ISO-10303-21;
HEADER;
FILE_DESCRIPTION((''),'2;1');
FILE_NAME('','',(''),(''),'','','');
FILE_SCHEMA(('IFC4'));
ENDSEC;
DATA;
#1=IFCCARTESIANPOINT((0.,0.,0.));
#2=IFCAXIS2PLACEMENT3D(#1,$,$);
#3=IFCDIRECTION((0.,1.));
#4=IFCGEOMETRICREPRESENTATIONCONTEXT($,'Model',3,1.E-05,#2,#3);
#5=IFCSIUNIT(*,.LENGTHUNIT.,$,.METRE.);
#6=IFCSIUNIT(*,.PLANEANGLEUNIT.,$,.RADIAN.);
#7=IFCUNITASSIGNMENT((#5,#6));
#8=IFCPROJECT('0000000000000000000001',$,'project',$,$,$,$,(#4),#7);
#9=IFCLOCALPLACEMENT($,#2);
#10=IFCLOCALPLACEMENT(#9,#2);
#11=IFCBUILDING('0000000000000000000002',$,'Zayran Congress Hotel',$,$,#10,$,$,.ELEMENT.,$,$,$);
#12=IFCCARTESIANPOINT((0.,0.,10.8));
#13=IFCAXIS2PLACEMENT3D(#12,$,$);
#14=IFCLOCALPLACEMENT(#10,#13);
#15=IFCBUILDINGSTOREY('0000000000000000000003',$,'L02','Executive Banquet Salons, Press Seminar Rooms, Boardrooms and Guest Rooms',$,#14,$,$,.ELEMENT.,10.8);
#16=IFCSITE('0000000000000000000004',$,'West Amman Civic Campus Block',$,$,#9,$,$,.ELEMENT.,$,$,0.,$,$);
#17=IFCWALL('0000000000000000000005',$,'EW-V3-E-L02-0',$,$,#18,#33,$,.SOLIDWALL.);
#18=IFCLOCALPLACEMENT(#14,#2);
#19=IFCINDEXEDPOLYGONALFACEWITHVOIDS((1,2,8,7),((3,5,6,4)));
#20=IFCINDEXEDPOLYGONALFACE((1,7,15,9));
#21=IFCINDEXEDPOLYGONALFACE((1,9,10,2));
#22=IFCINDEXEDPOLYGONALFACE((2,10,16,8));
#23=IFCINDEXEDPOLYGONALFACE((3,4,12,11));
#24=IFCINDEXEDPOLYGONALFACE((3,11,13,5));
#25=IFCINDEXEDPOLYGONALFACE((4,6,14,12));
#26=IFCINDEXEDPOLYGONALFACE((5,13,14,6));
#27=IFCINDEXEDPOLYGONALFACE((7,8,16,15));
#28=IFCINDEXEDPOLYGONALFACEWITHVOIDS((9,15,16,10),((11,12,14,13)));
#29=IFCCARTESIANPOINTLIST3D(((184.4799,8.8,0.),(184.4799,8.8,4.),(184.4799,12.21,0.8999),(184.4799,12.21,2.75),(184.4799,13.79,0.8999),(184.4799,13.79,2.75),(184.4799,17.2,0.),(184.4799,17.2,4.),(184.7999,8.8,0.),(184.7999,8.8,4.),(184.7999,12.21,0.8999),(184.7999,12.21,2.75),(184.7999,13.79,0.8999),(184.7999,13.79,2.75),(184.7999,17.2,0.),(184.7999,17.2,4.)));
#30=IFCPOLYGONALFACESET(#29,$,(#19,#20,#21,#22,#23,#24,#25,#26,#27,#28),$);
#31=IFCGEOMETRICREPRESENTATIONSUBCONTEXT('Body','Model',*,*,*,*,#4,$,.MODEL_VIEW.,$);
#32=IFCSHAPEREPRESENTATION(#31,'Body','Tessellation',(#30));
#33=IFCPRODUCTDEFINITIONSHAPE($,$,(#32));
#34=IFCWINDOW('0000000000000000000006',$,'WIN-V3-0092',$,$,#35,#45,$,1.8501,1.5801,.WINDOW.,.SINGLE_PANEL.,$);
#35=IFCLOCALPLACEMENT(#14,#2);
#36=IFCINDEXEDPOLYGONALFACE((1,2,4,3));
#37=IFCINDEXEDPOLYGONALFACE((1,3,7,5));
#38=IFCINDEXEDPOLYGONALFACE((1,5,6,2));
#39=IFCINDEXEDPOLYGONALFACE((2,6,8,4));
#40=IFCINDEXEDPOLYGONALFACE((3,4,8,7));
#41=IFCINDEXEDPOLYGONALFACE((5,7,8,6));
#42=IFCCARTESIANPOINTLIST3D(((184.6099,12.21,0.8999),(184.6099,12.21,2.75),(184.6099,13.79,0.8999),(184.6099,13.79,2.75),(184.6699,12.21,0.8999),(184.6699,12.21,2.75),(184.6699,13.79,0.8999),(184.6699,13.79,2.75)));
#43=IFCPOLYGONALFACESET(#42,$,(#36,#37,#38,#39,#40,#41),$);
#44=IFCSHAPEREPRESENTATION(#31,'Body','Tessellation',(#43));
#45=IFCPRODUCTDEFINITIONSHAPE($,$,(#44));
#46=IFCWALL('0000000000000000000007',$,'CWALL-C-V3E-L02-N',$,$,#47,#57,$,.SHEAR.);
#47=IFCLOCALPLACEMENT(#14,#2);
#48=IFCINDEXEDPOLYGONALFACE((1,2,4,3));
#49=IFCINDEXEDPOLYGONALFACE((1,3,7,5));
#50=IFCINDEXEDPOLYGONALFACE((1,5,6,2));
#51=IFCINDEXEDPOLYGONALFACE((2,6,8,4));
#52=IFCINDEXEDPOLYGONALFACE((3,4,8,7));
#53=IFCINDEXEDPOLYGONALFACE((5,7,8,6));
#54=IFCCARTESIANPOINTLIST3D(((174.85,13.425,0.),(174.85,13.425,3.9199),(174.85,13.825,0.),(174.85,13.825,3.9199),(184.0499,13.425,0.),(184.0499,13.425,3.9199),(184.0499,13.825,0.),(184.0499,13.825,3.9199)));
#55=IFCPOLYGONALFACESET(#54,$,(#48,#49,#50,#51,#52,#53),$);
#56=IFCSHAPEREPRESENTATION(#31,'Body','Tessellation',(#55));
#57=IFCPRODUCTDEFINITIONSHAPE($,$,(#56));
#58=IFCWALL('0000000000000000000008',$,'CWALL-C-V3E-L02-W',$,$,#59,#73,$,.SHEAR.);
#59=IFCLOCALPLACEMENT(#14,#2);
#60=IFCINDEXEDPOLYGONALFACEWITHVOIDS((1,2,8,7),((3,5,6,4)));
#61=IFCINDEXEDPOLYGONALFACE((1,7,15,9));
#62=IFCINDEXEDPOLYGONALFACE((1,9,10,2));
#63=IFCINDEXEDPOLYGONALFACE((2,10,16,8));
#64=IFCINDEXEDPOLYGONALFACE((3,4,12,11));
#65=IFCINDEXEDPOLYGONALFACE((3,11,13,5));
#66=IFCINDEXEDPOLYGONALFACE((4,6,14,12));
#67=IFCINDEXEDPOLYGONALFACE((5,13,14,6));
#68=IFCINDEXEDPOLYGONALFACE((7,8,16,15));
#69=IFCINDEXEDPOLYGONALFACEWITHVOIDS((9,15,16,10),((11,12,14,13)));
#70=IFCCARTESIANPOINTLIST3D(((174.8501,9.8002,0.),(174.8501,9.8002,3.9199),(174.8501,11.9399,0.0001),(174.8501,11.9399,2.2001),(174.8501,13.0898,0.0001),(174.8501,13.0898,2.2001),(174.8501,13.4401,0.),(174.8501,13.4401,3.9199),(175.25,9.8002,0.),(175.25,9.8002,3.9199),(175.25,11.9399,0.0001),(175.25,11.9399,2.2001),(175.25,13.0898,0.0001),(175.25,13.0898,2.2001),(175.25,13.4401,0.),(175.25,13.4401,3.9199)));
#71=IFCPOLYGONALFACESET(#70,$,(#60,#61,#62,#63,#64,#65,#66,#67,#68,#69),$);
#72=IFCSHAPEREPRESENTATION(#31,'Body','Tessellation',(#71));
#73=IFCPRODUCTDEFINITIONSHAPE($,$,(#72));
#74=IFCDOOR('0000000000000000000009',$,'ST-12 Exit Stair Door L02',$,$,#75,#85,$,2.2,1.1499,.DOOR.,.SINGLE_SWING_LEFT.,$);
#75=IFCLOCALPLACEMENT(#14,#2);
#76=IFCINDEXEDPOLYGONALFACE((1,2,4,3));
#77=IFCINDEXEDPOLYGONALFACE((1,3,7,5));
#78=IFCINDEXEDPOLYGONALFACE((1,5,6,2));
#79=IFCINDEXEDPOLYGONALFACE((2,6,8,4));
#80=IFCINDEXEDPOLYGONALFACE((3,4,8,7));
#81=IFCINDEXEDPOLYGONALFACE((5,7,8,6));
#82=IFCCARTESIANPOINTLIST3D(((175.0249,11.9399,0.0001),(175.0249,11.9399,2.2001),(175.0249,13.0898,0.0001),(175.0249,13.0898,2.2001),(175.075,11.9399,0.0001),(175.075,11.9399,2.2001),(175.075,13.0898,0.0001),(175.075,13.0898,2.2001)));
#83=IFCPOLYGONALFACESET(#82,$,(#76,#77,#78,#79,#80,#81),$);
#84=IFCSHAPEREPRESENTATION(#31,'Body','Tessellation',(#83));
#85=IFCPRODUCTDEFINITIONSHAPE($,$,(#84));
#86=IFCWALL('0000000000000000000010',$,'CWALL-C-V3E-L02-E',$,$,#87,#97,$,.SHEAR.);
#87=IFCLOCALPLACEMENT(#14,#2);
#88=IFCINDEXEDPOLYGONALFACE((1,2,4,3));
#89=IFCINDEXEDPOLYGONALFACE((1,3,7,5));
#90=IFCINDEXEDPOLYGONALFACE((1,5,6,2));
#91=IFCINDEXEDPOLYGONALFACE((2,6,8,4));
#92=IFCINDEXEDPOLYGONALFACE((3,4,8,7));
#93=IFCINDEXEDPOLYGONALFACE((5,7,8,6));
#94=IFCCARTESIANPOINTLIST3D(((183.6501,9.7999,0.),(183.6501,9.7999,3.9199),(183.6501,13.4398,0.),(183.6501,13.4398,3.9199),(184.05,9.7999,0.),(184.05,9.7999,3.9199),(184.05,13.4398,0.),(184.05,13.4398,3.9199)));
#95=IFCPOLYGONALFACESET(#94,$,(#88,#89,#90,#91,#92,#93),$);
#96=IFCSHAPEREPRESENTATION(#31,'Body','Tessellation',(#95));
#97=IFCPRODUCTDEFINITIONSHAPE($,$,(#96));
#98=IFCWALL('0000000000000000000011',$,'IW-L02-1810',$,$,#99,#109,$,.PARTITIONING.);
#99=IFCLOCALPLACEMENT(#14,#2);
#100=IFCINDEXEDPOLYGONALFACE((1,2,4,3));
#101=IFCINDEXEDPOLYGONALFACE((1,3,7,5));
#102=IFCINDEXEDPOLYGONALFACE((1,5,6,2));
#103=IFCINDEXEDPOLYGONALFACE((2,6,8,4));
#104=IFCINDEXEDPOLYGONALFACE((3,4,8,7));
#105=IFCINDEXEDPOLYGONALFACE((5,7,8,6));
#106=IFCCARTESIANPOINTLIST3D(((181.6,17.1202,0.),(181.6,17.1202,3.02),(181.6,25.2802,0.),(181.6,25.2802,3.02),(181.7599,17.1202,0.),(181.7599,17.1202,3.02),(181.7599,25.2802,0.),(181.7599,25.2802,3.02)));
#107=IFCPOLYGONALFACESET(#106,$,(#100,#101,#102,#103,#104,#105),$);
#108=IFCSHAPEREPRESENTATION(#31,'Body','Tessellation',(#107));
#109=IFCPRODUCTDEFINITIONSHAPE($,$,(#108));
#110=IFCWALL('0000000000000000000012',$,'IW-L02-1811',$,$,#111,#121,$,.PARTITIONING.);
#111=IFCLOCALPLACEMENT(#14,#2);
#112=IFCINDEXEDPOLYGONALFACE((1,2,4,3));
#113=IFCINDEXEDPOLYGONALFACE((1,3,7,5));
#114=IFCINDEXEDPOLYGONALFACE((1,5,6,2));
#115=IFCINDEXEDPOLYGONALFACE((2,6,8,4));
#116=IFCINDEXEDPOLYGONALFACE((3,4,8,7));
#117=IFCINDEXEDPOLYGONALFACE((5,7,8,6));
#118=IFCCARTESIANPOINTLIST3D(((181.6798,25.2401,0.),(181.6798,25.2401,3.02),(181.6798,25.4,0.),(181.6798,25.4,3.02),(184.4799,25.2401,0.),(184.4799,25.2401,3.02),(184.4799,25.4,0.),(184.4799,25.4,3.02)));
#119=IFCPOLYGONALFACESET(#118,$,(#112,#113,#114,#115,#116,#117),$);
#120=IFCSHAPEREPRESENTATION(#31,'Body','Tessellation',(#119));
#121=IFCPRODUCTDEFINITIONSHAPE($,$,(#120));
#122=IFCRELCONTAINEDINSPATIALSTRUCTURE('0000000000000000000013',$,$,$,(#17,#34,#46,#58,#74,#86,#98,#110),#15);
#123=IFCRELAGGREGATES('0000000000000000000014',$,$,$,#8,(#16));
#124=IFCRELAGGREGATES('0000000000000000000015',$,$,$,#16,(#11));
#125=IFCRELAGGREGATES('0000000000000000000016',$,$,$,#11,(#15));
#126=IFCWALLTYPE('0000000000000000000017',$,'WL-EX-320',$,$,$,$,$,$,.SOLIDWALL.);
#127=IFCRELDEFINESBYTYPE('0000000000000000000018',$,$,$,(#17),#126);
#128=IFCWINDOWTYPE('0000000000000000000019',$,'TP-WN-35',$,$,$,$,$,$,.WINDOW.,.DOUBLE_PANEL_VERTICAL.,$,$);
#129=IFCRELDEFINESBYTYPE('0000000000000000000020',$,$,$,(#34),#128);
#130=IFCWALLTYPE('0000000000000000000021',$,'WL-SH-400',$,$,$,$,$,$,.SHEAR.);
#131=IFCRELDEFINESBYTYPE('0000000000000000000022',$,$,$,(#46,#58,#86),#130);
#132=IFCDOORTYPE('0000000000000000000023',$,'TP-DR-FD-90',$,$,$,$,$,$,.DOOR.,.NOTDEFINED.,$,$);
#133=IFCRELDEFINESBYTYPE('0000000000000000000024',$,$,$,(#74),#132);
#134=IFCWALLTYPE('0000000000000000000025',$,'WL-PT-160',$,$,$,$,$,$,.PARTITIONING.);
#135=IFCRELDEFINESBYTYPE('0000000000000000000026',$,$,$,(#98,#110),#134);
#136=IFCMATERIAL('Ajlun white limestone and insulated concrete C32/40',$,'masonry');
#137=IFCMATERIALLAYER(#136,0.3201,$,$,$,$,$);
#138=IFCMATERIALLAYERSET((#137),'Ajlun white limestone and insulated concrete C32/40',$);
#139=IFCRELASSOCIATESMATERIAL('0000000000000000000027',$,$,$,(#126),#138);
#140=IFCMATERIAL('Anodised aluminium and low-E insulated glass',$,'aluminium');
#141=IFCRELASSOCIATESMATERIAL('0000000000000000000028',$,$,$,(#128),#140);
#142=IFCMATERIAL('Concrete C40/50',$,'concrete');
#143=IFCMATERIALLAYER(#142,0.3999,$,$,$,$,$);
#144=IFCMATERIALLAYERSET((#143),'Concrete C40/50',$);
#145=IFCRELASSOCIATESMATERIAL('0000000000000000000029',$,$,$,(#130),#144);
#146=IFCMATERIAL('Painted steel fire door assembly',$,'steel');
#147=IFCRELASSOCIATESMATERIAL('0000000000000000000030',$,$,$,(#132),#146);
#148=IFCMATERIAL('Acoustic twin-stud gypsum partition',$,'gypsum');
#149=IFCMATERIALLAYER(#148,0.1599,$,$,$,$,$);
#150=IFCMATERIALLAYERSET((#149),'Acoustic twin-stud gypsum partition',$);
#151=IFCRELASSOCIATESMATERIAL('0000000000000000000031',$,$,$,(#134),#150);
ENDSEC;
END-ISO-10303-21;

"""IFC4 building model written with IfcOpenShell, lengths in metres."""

from ifc_helpers import new_model, si_unit, direction, frame, frame_2d, origin, place, context, subcontext, project, spatial, rectangle, extrude, material, layer, layer_set, type_object, element, fill, save


model = new_model("IFC4")

# Units and contexts
model_context = context("Model", 3, precision=1e-05, world=origin(), true_north=direction((0.0, 1.0)))
body_context = subcontext(model_context, "Body", "Model", "MODEL_VIEW")
ifc_project = project(units=[si_unit("LENGTHUNIT", "METRE"), si_unit("PLANEANGLEUNIT", "RADIAN")], contexts=[model_context])

# Site, building, storey
site_placement = place(None, origin())
site = spatial("IfcSite", under=ifc_project, at=site_placement, Name="West Amman Civic Campus Block", CompositionType="ELEMENT", RefElevation=0.0)
building_placement = place(site_placement, origin())
building = spatial("IfcBuilding", under=site, at=building_placement, Name="Zayran Congress Hotel", CompositionType="ELEMENT")
storey_placement = place(building_placement, frame((0.0, 0.0, 10.8)))
storey = spatial("IfcBuildingStorey", under=building, at=storey_placement, Name="L02", Description="Executive Banquet Salons, Press Seminar Rooms, Boardrooms and Guest Rooms", CompositionType="ELEMENT", Elevation=10.8)

# Shared definitions
ifc_material_1 = material(Name="Anodised aluminium and low-E insulated glass", Category="aluminium")

# Wall, opening, window
ifc_material_2 = material(Name="Ajlun white limestone and insulated concrete C32/40", Category="masonry")
ifc_layer_1 = layer(ifc_material_2, 0.3201)
ifc_layer_set_1 = layer_set([ifc_layer_1], Name="Ajlun white limestone and insulated concrete C32/40")
wall_type_1 = type_object("IfcWallType", Name="WL-EX-320", PredefinedType="SOLIDWALL", material=ifc_layer_set_1)
wall_1_placement = place(storey_placement, frame((184.6399, 17.2, 0.0), z_axis=(0.0, 0.0, 1.0), x_axis=(0.0, -1.0, 0.0)))
wall_1 = element("IfcWall", 1, at=wall_1_placement, inside=storey, type_object=wall_type_1, Name="EW-V3-E-L02-0", PredefinedType="SOLIDWALL", context=body_context, shape_type="SweptSolid", body=[
    extrude(rectangle(XDim=8.3999, YDim=0.3201, at=frame_2d((4.2, 0.0))), origin(), (0.0, 0.0, 1.0), 4.0),
])
opening_1_placement = place(wall_1_placement, frame((3.4099, 0.0, 0.8999)))
opening_1 = element("IfcOpeningElement", 2, at=opening_1_placement, cuts=wall_1, PredefinedType="OPENING", context=body_context, shape_type="SweptSolid", body=[
    extrude(rectangle(XDim=1.5801, YDim=1.8501, at=frame_2d((0.79, 0.925))), frame((0.0, 0.1699, 0.0), z_axis=(0.0, -1.0, 0.0), x_axis=(1.0, 0.0, 0.0)), (0.0, 0.0, 1.0), 0.3401),
])
window_type = type_object("IfcWindowType", Name="TP-WN-35", PartitioningType="DOUBLE_PANEL_VERTICAL", PredefinedType="WINDOW", material=ifc_material_1)
window_placement = place(opening_1_placement, origin())
window = element("IfcWindow", 3, at=window_placement, inside=storey, type_object=window_type, Name="WIN-V3-0092", OverallHeight=1.8501, OverallWidth=1.5801, PartitioningType="SINGLE_PANEL", PredefinedType="WINDOW", context=body_context, shape_type="SweptSolid", body=[
    extrude(rectangle(XDim=1.5801, YDim=1.8501, at=frame_2d((0.79, 0.925))), frame((0.0, 0.03, 0.0), z_axis=(0.0, -1.0, 0.0), x_axis=(1.0, 0.0, 0.0)), (0.0, 0.0, 1.0), 0.0601),
])
fill(opening_1, window)

# Wall
ifc_material_3 = material(Name="Concrete C40/50", Category="concrete")
ifc_layer_2 = layer(ifc_material_3, 0.3999)
ifc_layer_set_2 = layer_set([ifc_layer_2], Name="Concrete C40/50")
wall_type_2 = type_object("IfcWallType", Name="WL-SH-400", PredefinedType="SHEAR", material=ifc_layer_set_2)
wall_2_placement = place(storey_placement, frame((184.05, 13.625, 0.0), z_axis=(0.0, 0.0, 1.0), x_axis=(-1.0, 0.0, 0.0)))
element("IfcWall", 4, at=wall_2_placement, inside=storey, type_object=wall_type_2, Name="CWALL-C-V3E-L02-N", PredefinedType="SHEAR", context=body_context, shape_type="SweptSolid", body=[
    extrude(rectangle(XDim=9.2, YDim=0.3999, at=frame_2d((4.6001, 0.0))), origin(), (0.0, 0.0, 1.0), 3.9199),
])

# Wall, opening, door
wall_3_placement = place(storey_placement, frame((175.05, 13.4399, 0.0), z_axis=(0.0, 0.0, 1.0), x_axis=(0.0, -1.0, 0.0)))
wall_3 = element("IfcWall", 5, at=wall_3_placement, inside=storey, type_object=wall_type_2, Name="CWALL-C-V3E-L02-W", PredefinedType="SHEAR", context=body_context, shape_type="SweptSolid", body=[
    extrude(rectangle(XDim=3.6399, YDim=0.3999, at=frame_2d((1.8198, 0.0))), origin(), (0.0, 0.0, 1.0), 3.9199),
])
opening_2_placement = place(wall_3_placement, frame((0.3501, 0.0, 0.0)))
opening_2 = element("IfcOpeningElement", 6, at=opening_2_placement, cuts=wall_3, PredefinedType="OPENING", context=body_context, shape_type="SweptSolid", body=[
    extrude(rectangle(XDim=1.1499, YDim=2.2, at=frame_2d((0.575, 1.1001))), frame((0.0, 0.21, 0.0), z_axis=(0.0, -1.0, 0.0), x_axis=(1.0, 0.0, 0.0)), (0.0, 0.0, 1.0), 0.4199),
])
ifc_material_4 = material(Name="Painted steel fire door assembly", Category="steel")
door_type = type_object("IfcDoorType", Name="TP-DR-FD-90", OperationType="NOTDEFINED", PredefinedType="DOOR", material=ifc_material_4)
door_placement = place(opening_2_placement, origin())
door = element("IfcDoor", 7, at=door_placement, inside=storey, type_object=door_type, Name="ST-12 Exit Stair Door L02", OperationType="SINGLE_SWING_LEFT", OverallHeight=2.2, OverallWidth=1.1499, PredefinedType="DOOR", context=body_context, shape_type="SweptSolid", body=[
    extrude(rectangle(XDim=1.1499, YDim=2.2, at=frame_2d((0.575, 1.1001))), frame((0.0, 0.0249, 0.0), z_axis=(0.0, -1.0, 0.0), x_axis=(1.0, 0.0, 0.0)), (0.0, 0.0, 1.0), 0.05),
])
fill(opening_2, door)

# Walls
wall_4_placement = place(storey_placement, frame((183.8501, 9.8, 0.0), z_axis=(0.0, 0.0, 1.0), x_axis=(0.0, 1.0, 0.0)))
element("IfcWall", 8, at=wall_4_placement, inside=storey, type_object=wall_type_2, Name="CWALL-C-V3E-L02-E", PredefinedType="SHEAR", context=body_context, shape_type="SweptSolid", body=[
    extrude(rectangle(XDim=3.6399, YDim=0.3999, at=frame_2d((1.8198, 0.0))), origin(), (0.0, 0.0, 1.0), 3.9199),
])
ifc_material_5 = material(Name="Acoustic twin-stud gypsum partition", Category="gypsum")
ifc_layer_3 = layer(ifc_material_5, 0.1599)
ifc_layer_set_3 = layer_set([ifc_layer_3], Name="Acoustic twin-stud gypsum partition")
wall_type_3 = type_object("IfcWallType", Name="WL-PT-160", PredefinedType="PARTITIONING", material=ifc_layer_set_3)
wall_5_placement = place(storey_placement, frame((181.6799, 17.1201, 0.0), z_axis=(0.0, 0.0, 1.0), x_axis=(0.0, 1.0, 0.0)))
element("IfcWall", 9, at=wall_5_placement, inside=storey, type_object=wall_type_3, Name="IW-L02-1810", PredefinedType="PARTITIONING", context=body_context, shape_type="SweptSolid", body=[
    extrude(rectangle(XDim=8.1599, YDim=0.1599, at=frame_2d((4.0801, 0.0))), origin(), (0.0, 0.0, 1.0), 3.02),
])
wall_6_placement = place(storey_placement, frame((181.6799, 25.3201, 0.0), z_axis=(0.0, 0.0, 1.0), x_axis=(1.0, 0.0, 0.0)))
element("IfcWall", 10, at=wall_6_placement, inside=storey, type_object=wall_type_3, Name="IW-L02-1811", PredefinedType="PARTITIONING", context=body_context, shape_type="SweptSolid", body=[
    extrude(rectangle(XDim=2.8, YDim=0.1599, at=frame_2d((1.3999, 0.0))), origin(), (0.0, 0.0, 1.0), 3.02),
])

save(model, "model.ifc")
